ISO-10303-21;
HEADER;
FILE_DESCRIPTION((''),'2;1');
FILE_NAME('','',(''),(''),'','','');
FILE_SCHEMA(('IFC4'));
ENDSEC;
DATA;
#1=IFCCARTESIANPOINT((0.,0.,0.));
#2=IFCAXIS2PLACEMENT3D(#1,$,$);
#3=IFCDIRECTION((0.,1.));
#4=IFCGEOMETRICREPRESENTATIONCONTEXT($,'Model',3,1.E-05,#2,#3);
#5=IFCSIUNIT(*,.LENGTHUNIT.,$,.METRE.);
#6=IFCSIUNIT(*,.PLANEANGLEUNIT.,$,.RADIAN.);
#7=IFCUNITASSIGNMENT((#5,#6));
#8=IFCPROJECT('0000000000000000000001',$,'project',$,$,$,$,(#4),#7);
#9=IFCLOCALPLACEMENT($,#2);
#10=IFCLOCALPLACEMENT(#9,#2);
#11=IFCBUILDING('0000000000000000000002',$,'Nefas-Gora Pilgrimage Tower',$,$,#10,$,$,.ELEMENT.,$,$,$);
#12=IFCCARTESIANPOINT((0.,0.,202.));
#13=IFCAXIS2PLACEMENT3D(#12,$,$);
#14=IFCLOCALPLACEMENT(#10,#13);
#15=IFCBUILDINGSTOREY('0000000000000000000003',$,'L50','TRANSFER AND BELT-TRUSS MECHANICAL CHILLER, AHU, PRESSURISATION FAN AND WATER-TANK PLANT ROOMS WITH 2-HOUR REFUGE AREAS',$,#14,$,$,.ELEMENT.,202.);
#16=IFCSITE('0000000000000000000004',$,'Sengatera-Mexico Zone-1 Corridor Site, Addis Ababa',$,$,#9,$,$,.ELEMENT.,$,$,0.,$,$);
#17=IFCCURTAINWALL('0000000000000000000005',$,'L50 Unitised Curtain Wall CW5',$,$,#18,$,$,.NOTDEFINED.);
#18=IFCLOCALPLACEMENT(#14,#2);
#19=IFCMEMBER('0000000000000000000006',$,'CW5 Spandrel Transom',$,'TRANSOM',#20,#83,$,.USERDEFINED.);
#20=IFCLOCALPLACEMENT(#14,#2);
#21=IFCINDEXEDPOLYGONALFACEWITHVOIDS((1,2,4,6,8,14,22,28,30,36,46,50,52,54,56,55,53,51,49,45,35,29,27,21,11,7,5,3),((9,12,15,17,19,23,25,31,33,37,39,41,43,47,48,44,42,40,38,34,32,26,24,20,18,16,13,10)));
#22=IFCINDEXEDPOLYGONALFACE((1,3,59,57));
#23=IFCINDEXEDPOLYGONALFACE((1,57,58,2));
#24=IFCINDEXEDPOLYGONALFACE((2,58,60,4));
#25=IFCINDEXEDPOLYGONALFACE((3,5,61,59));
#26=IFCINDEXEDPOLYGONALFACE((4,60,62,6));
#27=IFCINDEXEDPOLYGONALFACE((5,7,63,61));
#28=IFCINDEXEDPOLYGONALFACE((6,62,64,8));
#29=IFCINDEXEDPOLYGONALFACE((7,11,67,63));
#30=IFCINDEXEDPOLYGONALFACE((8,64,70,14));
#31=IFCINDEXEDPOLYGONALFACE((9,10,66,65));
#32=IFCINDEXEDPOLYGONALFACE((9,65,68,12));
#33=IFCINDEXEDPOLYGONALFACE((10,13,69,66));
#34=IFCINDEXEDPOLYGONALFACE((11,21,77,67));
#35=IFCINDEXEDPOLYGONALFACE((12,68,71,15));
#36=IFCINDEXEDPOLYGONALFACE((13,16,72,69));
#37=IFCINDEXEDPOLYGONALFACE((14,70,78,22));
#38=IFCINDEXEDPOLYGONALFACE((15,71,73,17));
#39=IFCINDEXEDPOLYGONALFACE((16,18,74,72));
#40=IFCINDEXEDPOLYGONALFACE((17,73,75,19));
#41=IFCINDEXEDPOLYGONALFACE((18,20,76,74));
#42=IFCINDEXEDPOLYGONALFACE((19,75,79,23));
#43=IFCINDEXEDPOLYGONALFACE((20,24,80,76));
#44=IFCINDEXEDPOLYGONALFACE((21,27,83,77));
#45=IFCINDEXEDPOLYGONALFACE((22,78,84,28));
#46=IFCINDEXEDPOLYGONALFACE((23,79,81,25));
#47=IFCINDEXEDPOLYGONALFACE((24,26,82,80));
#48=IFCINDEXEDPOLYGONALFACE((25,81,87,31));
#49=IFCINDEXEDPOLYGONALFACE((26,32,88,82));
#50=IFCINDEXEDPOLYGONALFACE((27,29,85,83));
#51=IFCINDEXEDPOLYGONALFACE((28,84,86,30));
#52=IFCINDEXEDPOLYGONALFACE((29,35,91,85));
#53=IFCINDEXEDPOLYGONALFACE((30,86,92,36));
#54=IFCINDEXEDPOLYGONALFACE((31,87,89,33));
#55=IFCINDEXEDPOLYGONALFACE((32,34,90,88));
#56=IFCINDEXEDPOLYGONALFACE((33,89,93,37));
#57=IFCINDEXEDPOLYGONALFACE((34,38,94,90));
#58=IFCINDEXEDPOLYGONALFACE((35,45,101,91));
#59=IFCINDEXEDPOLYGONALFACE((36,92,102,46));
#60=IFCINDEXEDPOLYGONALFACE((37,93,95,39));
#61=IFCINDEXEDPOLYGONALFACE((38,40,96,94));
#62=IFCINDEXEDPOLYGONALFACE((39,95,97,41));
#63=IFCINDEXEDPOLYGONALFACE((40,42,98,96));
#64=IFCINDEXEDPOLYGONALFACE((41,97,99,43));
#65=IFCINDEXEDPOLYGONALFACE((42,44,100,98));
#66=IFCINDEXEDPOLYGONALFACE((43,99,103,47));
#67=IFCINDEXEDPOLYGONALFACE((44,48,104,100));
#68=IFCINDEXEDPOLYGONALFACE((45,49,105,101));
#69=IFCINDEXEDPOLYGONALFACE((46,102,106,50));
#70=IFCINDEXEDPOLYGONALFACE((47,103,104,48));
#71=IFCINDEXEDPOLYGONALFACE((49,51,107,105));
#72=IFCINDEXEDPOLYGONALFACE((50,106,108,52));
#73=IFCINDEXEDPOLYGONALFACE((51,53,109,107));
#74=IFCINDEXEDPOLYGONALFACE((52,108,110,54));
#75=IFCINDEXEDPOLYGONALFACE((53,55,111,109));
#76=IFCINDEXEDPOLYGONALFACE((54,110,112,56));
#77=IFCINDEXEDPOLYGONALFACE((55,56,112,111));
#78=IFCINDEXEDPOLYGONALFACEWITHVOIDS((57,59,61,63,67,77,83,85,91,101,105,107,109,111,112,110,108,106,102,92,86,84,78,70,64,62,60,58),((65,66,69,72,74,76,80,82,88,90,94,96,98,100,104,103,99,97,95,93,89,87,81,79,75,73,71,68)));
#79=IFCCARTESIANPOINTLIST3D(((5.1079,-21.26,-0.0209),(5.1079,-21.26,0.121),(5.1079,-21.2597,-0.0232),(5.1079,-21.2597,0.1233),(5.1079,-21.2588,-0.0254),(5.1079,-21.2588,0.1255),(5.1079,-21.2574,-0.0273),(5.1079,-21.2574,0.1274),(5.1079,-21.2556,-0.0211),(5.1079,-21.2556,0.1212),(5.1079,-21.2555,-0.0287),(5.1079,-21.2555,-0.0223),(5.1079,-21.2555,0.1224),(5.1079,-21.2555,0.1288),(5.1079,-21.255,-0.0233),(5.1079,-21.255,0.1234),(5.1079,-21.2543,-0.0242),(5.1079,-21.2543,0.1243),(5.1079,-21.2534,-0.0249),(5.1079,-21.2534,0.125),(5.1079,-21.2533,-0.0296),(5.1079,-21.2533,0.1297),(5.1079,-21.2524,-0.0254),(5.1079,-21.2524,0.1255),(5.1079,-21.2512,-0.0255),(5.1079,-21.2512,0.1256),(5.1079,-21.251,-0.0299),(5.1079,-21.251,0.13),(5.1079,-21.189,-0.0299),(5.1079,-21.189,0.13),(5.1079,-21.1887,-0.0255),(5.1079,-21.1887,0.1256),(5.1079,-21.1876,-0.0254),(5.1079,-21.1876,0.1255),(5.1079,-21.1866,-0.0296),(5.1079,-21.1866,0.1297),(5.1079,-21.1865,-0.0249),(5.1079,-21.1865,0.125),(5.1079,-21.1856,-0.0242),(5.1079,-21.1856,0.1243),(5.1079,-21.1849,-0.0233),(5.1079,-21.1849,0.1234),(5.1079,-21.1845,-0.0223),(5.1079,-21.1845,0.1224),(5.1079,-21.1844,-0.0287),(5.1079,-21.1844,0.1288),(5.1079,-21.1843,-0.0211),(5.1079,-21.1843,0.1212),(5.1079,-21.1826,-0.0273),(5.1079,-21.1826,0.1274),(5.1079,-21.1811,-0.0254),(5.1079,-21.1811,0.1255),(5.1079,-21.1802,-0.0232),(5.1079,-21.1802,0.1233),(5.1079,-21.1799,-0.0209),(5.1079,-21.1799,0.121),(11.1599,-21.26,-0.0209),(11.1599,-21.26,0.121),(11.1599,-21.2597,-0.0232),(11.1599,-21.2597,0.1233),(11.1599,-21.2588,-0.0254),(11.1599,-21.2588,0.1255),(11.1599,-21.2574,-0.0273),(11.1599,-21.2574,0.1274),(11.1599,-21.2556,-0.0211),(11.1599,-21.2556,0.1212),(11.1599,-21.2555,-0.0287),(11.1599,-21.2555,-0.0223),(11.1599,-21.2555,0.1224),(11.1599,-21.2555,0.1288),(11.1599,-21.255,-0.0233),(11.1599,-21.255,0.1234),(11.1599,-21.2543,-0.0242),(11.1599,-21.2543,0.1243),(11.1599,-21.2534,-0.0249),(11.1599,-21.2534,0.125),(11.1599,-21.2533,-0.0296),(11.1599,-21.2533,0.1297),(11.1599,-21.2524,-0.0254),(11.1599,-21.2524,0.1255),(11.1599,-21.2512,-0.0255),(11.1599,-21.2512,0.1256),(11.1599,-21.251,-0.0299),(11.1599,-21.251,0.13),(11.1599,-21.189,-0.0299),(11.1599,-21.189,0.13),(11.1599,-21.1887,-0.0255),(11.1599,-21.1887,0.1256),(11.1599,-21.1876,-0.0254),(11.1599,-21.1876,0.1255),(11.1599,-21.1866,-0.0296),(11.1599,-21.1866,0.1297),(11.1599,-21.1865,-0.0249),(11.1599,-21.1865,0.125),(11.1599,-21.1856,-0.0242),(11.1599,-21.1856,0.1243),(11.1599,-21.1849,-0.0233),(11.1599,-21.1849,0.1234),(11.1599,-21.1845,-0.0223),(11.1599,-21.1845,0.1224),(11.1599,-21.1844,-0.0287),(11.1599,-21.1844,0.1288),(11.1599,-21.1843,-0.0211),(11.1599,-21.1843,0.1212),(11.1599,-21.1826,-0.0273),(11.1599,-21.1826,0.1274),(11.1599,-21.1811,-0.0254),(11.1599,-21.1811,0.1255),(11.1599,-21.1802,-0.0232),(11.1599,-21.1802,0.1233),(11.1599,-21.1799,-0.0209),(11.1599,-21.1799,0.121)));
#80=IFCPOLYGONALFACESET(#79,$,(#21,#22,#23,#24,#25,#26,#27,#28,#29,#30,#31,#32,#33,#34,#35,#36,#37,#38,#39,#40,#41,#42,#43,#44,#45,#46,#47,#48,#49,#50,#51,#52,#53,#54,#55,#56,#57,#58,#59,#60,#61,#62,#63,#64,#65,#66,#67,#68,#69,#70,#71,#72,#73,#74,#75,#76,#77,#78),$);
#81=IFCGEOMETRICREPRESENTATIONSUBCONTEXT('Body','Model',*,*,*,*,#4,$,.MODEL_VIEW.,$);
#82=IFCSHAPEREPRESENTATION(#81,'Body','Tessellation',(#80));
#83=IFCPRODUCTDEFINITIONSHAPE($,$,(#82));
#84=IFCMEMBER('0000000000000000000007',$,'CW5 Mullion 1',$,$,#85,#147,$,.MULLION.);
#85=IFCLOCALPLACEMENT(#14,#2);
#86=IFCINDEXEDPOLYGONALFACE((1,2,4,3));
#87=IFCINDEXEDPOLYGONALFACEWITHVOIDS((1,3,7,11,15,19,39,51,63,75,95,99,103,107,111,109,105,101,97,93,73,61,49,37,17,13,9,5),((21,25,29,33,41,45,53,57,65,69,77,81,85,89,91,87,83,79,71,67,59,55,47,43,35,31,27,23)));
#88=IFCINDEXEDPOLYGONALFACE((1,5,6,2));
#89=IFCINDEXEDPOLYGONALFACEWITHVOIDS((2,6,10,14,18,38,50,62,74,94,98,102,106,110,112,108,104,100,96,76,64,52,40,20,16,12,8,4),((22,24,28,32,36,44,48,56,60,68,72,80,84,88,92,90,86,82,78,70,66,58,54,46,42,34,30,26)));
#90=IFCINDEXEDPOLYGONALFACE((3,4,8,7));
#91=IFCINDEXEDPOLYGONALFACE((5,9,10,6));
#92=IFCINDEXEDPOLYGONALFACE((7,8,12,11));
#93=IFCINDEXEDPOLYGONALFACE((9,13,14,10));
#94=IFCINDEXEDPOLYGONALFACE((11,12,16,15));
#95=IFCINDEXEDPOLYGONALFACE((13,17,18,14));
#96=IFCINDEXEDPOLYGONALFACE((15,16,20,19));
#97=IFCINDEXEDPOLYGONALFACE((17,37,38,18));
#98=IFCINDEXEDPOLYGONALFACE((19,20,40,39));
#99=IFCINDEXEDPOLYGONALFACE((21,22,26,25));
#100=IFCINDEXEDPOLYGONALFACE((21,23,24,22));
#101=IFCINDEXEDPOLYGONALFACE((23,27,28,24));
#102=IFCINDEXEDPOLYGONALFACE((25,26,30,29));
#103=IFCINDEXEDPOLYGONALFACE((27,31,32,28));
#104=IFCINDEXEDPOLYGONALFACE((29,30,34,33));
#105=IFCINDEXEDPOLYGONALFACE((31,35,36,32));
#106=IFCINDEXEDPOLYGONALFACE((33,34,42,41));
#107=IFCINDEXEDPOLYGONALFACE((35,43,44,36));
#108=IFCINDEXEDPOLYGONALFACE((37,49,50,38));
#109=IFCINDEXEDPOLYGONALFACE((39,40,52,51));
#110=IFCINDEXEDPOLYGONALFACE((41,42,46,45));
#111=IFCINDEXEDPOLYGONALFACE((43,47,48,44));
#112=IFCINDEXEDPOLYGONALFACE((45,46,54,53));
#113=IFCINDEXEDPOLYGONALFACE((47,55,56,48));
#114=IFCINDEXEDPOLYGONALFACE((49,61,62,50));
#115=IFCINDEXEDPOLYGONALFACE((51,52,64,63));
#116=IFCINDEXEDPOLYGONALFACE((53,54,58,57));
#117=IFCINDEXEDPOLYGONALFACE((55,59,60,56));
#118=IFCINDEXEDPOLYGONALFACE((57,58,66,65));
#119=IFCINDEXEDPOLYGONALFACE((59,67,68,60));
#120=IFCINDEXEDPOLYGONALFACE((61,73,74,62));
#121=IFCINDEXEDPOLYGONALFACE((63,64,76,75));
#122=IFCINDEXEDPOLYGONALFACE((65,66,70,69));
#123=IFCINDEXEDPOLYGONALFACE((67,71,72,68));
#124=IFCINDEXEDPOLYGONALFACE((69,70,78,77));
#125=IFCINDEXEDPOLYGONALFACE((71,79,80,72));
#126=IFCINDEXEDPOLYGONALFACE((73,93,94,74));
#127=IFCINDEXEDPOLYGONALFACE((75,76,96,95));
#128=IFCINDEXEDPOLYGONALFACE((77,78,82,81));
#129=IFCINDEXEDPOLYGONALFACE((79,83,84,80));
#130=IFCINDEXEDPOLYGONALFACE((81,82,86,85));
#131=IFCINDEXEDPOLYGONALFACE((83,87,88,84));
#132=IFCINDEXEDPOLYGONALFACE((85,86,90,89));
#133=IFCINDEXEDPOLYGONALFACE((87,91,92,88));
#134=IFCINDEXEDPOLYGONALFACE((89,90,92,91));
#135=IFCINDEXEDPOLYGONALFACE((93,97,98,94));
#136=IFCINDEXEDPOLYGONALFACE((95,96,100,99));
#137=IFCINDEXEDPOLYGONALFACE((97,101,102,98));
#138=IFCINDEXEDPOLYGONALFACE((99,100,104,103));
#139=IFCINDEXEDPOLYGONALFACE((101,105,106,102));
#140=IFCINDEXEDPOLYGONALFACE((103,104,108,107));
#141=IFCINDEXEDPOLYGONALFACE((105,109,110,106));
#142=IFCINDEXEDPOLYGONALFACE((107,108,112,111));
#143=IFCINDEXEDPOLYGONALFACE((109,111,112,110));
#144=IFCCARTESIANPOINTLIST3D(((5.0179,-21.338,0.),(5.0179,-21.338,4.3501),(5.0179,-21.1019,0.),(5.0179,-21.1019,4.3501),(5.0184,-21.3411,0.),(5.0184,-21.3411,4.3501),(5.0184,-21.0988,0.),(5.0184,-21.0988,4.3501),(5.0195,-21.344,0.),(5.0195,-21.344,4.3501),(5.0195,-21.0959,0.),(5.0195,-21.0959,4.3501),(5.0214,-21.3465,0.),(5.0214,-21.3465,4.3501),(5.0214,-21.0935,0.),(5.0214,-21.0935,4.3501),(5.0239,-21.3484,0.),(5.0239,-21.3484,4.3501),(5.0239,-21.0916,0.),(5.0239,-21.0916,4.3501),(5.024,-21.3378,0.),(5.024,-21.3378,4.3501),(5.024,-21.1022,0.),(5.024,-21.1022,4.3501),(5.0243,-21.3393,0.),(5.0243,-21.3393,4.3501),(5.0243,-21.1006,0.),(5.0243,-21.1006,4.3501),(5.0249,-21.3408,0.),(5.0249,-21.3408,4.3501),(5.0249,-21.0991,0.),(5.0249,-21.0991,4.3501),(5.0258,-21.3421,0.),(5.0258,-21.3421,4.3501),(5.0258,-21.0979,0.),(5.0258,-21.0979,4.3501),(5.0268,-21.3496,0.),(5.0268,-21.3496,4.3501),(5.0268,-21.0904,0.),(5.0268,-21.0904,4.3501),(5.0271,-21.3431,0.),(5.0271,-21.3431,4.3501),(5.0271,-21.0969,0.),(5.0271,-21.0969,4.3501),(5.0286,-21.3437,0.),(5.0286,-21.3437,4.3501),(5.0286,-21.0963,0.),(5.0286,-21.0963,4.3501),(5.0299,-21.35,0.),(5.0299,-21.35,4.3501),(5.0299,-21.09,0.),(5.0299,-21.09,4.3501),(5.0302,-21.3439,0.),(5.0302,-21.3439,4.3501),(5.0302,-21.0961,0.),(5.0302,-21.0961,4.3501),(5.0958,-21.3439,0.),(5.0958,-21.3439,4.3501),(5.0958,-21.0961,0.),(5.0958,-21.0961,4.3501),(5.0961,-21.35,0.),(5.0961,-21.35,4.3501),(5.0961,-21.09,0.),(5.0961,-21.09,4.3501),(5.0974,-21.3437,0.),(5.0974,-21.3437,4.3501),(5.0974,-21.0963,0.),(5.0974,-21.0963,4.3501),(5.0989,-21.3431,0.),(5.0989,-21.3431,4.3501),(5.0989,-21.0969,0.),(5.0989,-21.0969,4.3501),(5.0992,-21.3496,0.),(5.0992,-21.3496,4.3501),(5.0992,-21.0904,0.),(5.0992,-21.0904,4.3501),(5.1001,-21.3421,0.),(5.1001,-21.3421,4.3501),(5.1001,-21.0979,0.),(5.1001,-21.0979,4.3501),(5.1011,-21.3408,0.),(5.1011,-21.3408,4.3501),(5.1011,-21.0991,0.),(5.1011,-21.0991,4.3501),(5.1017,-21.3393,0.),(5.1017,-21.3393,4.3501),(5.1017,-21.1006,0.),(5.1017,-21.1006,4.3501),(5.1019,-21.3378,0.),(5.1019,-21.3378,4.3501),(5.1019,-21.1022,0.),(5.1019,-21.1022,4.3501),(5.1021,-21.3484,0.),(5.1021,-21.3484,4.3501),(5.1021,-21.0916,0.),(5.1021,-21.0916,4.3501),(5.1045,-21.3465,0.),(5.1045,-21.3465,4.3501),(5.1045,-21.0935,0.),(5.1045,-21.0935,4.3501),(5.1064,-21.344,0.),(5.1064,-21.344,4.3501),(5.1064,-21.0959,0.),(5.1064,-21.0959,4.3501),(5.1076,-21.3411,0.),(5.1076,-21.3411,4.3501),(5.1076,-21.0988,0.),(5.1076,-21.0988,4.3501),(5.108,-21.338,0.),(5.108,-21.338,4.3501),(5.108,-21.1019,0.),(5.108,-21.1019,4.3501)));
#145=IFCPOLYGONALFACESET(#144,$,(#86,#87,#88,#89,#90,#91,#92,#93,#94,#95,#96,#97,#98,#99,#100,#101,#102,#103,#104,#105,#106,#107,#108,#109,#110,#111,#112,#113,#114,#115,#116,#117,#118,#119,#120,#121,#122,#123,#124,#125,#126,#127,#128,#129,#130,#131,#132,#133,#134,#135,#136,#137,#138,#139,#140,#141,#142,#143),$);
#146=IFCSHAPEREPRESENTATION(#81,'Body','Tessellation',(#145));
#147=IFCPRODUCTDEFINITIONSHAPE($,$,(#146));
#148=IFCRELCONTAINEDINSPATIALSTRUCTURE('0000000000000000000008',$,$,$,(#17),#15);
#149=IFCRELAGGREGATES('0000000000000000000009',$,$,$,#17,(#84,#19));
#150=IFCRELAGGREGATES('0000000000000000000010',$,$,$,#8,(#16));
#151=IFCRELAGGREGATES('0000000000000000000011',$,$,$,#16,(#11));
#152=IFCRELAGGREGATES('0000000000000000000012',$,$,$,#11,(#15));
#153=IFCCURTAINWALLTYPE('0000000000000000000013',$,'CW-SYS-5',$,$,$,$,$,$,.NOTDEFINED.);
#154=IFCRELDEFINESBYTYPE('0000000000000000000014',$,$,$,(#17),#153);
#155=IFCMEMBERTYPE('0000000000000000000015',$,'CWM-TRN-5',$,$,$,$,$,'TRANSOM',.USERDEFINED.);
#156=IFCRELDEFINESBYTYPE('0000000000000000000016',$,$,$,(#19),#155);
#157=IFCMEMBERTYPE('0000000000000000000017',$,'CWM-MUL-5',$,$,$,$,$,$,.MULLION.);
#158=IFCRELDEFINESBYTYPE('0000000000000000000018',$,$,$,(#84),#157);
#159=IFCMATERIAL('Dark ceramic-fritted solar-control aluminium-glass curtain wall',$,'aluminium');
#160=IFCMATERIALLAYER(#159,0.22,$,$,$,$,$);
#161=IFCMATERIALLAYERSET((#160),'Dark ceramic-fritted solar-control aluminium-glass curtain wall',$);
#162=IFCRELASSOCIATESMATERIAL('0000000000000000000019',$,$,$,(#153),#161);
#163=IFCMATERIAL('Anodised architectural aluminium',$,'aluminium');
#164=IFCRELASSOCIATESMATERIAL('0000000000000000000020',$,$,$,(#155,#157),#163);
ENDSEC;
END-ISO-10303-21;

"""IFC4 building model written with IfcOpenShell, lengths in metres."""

from ifc_helpers import new_model, si_unit, direction, frame, origin, origin_2d, place, context, subcontext, project, spatial, hollow_rectangle, extrude, source, transform, mapped, material, layer, layer_set, material_profile, profile_set, type_object, element, aggregate, save


model = new_model("IFC4")

# Units and contexts
model_context = context("Model", 3, precision=1e-05, world=origin(), true_north=direction((0.0, 1.0)))
body_context = subcontext(model_context, "Body", "Model", "MODEL_VIEW")
ifc_project = project(units=[si_unit("LENGTHUNIT", "METRE"), si_unit("PLANEANGLEUNIT", "RADIAN")], contexts=[model_context])

# Site, building, storey
site_placement = place(None, origin())
site = spatial("IfcSite", under=ifc_project, at=site_placement, Name="Sengatera-Mexico Zone-1 Corridor Site, Addis Ababa", CompositionType="ELEMENT", RefElevation=0.0)
building_placement = place(site_placement, origin())
building = spatial("IfcBuilding", under=site, at=building_placement, Name="Nefas-Gora Pilgrimage Tower", CompositionType="ELEMENT")
storey_placement = place(building_placement, frame((0.0, 0.0, 202.0)))
storey = spatial("IfcBuildingStorey", under=building, at=storey_placement, Name="L50", Description="TRANSFER AND BELT-TRUSS MECHANICAL CHILLER, AHU, PRESSURISATION FAN AND WATER-TANK PLANT ROOMS WITH 2-HOUR REFUGE AREAS", CompositionType="ELEMENT", Elevation=202.0)

# Curtain wall, members
ifc_material_1 = material(Name="Dark ceramic-fritted solar-control aluminium-glass curtain wall", Category="aluminium")
ifc_layer_1 = layer(ifc_material_1, 0.22)
ifc_layer_set_1 = layer_set([ifc_layer_1], Name="Dark ceramic-fritted solar-control aluminium-glass curtain wall")
curtain_wall_type = type_object("IfcCurtainWallType", Name="CW-SYS-5", PredefinedType="NOTDEFINED", material=ifc_layer_set_1)
curtain_wall_1_placement = place(storey_placement, origin())
curtain_wall_1 = element("IfcCurtainWall", 1, at=curtain_wall_1_placement, inside=storey, type_object=curtain_wall_type, Name="L50 Unitised Curtain Wall CW5", PredefinedType="NOTDEFINED")
ifc_material_2 = material(Name="Anodised architectural aluminium", Category="aluminium")
ifc_material_profile_1 = material_profile(ifc_material_2, hollow_rectangle(XDim=0.0801, YDim=0.1599, WallThickness=0.0044, InnerFilletRadius=0.0044, OuterFilletRadius=0.009, at=origin_2d()), Name="ALU TRANSOM 80x160")
ifc_profile_set_1 = profile_set([ifc_material_profile_1], Name="Anodised architectural aluminium")
member_type_1 = type_object("IfcMemberType", Name="CWM-TRN-5", ElementType="TRANSOM", PredefinedType="USERDEFINED", material=ifc_profile_set_1)
shared_shape_1 = source(origin(), body_context, "Body", "SweptSolid", [
    extrude(hollow_rectangle(XDim=0.0801, YDim=0.1599, WallThickness=0.0044, InnerFilletRadius=0.0044, OuterFilletRadius=0.009, at=origin_2d()), origin(), (0.0, 0.0, 1.0), 6.052),
])
member_1_placement = place(storey_placement, frame((5.1079, -21.22, 0.05), z_axis=(1.0, 0.0, 0.0), x_axis=(0.0, 1.0, 0.0)))
member_1 = element("IfcMember", 2, at=member_1_placement, type_object=member_type_1, Name="CW5 Spandrel Transom", ObjectType="TRANSOM", PredefinedType="USERDEFINED", context=body_context, shape_type="MappedRepresentation", body=[
    mapped(shared_shape_1, transform((0.0, 0.0, 0.0), x_axis=(1.0, 0.0, 0.0), y_axis=(0.0, 1.0, 0.0), z_axis=(0.0, 0.0, 1.0), scale=1.0)),
])
ifc_material_profile_2 = material_profile(ifc_material_2, hollow_rectangle(XDim=0.0901, YDim=0.26, WallThickness=0.0061, InnerFilletRadius=0.0061, OuterFilletRadius=0.012, at=origin_2d()), Name="ALU MULLION 90x260")
ifc_profile_set_2 = profile_set([ifc_material_profile_2], Name="Anodised architectural aluminium")
member_type_2 = type_object("IfcMemberType", Name="CWM-MUL-5", PredefinedType="MULLION", material=ifc_profile_set_2)
shared_shape_2 = source(origin(), body_context, "Body", "SweptSolid", [
    extrude(hollow_rectangle(XDim=0.0901, YDim=0.26, WallThickness=0.0061, InnerFilletRadius=0.0061, OuterFilletRadius=0.012, at=origin_2d()), origin(), (0.0, 0.0, 1.0), 4.3501),
])
member_2_placement = place(storey_placement, frame((5.063, -21.22, 0.0), z_axis=(0.0, 0.0, 1.0), x_axis=(1.0, 0.0, 0.0)))
member_2 = element("IfcMember", 3, at=member_2_placement, type_object=member_type_2, Name="CW5 Mullion 1", PredefinedType="MULLION", context=body_context, shape_type="MappedRepresentation", body=[
    mapped(shared_shape_2, transform((0.0, 0.0, 0.0), x_axis=(1.0, 0.0, 0.0), y_axis=(0.0, 1.0, 0.0), z_axis=(0.0, 0.0, 1.0), scale=1.0)),
])

aggregate(curtain_wall_1, [member_2, member_1])

save(model, "model.ifc")
